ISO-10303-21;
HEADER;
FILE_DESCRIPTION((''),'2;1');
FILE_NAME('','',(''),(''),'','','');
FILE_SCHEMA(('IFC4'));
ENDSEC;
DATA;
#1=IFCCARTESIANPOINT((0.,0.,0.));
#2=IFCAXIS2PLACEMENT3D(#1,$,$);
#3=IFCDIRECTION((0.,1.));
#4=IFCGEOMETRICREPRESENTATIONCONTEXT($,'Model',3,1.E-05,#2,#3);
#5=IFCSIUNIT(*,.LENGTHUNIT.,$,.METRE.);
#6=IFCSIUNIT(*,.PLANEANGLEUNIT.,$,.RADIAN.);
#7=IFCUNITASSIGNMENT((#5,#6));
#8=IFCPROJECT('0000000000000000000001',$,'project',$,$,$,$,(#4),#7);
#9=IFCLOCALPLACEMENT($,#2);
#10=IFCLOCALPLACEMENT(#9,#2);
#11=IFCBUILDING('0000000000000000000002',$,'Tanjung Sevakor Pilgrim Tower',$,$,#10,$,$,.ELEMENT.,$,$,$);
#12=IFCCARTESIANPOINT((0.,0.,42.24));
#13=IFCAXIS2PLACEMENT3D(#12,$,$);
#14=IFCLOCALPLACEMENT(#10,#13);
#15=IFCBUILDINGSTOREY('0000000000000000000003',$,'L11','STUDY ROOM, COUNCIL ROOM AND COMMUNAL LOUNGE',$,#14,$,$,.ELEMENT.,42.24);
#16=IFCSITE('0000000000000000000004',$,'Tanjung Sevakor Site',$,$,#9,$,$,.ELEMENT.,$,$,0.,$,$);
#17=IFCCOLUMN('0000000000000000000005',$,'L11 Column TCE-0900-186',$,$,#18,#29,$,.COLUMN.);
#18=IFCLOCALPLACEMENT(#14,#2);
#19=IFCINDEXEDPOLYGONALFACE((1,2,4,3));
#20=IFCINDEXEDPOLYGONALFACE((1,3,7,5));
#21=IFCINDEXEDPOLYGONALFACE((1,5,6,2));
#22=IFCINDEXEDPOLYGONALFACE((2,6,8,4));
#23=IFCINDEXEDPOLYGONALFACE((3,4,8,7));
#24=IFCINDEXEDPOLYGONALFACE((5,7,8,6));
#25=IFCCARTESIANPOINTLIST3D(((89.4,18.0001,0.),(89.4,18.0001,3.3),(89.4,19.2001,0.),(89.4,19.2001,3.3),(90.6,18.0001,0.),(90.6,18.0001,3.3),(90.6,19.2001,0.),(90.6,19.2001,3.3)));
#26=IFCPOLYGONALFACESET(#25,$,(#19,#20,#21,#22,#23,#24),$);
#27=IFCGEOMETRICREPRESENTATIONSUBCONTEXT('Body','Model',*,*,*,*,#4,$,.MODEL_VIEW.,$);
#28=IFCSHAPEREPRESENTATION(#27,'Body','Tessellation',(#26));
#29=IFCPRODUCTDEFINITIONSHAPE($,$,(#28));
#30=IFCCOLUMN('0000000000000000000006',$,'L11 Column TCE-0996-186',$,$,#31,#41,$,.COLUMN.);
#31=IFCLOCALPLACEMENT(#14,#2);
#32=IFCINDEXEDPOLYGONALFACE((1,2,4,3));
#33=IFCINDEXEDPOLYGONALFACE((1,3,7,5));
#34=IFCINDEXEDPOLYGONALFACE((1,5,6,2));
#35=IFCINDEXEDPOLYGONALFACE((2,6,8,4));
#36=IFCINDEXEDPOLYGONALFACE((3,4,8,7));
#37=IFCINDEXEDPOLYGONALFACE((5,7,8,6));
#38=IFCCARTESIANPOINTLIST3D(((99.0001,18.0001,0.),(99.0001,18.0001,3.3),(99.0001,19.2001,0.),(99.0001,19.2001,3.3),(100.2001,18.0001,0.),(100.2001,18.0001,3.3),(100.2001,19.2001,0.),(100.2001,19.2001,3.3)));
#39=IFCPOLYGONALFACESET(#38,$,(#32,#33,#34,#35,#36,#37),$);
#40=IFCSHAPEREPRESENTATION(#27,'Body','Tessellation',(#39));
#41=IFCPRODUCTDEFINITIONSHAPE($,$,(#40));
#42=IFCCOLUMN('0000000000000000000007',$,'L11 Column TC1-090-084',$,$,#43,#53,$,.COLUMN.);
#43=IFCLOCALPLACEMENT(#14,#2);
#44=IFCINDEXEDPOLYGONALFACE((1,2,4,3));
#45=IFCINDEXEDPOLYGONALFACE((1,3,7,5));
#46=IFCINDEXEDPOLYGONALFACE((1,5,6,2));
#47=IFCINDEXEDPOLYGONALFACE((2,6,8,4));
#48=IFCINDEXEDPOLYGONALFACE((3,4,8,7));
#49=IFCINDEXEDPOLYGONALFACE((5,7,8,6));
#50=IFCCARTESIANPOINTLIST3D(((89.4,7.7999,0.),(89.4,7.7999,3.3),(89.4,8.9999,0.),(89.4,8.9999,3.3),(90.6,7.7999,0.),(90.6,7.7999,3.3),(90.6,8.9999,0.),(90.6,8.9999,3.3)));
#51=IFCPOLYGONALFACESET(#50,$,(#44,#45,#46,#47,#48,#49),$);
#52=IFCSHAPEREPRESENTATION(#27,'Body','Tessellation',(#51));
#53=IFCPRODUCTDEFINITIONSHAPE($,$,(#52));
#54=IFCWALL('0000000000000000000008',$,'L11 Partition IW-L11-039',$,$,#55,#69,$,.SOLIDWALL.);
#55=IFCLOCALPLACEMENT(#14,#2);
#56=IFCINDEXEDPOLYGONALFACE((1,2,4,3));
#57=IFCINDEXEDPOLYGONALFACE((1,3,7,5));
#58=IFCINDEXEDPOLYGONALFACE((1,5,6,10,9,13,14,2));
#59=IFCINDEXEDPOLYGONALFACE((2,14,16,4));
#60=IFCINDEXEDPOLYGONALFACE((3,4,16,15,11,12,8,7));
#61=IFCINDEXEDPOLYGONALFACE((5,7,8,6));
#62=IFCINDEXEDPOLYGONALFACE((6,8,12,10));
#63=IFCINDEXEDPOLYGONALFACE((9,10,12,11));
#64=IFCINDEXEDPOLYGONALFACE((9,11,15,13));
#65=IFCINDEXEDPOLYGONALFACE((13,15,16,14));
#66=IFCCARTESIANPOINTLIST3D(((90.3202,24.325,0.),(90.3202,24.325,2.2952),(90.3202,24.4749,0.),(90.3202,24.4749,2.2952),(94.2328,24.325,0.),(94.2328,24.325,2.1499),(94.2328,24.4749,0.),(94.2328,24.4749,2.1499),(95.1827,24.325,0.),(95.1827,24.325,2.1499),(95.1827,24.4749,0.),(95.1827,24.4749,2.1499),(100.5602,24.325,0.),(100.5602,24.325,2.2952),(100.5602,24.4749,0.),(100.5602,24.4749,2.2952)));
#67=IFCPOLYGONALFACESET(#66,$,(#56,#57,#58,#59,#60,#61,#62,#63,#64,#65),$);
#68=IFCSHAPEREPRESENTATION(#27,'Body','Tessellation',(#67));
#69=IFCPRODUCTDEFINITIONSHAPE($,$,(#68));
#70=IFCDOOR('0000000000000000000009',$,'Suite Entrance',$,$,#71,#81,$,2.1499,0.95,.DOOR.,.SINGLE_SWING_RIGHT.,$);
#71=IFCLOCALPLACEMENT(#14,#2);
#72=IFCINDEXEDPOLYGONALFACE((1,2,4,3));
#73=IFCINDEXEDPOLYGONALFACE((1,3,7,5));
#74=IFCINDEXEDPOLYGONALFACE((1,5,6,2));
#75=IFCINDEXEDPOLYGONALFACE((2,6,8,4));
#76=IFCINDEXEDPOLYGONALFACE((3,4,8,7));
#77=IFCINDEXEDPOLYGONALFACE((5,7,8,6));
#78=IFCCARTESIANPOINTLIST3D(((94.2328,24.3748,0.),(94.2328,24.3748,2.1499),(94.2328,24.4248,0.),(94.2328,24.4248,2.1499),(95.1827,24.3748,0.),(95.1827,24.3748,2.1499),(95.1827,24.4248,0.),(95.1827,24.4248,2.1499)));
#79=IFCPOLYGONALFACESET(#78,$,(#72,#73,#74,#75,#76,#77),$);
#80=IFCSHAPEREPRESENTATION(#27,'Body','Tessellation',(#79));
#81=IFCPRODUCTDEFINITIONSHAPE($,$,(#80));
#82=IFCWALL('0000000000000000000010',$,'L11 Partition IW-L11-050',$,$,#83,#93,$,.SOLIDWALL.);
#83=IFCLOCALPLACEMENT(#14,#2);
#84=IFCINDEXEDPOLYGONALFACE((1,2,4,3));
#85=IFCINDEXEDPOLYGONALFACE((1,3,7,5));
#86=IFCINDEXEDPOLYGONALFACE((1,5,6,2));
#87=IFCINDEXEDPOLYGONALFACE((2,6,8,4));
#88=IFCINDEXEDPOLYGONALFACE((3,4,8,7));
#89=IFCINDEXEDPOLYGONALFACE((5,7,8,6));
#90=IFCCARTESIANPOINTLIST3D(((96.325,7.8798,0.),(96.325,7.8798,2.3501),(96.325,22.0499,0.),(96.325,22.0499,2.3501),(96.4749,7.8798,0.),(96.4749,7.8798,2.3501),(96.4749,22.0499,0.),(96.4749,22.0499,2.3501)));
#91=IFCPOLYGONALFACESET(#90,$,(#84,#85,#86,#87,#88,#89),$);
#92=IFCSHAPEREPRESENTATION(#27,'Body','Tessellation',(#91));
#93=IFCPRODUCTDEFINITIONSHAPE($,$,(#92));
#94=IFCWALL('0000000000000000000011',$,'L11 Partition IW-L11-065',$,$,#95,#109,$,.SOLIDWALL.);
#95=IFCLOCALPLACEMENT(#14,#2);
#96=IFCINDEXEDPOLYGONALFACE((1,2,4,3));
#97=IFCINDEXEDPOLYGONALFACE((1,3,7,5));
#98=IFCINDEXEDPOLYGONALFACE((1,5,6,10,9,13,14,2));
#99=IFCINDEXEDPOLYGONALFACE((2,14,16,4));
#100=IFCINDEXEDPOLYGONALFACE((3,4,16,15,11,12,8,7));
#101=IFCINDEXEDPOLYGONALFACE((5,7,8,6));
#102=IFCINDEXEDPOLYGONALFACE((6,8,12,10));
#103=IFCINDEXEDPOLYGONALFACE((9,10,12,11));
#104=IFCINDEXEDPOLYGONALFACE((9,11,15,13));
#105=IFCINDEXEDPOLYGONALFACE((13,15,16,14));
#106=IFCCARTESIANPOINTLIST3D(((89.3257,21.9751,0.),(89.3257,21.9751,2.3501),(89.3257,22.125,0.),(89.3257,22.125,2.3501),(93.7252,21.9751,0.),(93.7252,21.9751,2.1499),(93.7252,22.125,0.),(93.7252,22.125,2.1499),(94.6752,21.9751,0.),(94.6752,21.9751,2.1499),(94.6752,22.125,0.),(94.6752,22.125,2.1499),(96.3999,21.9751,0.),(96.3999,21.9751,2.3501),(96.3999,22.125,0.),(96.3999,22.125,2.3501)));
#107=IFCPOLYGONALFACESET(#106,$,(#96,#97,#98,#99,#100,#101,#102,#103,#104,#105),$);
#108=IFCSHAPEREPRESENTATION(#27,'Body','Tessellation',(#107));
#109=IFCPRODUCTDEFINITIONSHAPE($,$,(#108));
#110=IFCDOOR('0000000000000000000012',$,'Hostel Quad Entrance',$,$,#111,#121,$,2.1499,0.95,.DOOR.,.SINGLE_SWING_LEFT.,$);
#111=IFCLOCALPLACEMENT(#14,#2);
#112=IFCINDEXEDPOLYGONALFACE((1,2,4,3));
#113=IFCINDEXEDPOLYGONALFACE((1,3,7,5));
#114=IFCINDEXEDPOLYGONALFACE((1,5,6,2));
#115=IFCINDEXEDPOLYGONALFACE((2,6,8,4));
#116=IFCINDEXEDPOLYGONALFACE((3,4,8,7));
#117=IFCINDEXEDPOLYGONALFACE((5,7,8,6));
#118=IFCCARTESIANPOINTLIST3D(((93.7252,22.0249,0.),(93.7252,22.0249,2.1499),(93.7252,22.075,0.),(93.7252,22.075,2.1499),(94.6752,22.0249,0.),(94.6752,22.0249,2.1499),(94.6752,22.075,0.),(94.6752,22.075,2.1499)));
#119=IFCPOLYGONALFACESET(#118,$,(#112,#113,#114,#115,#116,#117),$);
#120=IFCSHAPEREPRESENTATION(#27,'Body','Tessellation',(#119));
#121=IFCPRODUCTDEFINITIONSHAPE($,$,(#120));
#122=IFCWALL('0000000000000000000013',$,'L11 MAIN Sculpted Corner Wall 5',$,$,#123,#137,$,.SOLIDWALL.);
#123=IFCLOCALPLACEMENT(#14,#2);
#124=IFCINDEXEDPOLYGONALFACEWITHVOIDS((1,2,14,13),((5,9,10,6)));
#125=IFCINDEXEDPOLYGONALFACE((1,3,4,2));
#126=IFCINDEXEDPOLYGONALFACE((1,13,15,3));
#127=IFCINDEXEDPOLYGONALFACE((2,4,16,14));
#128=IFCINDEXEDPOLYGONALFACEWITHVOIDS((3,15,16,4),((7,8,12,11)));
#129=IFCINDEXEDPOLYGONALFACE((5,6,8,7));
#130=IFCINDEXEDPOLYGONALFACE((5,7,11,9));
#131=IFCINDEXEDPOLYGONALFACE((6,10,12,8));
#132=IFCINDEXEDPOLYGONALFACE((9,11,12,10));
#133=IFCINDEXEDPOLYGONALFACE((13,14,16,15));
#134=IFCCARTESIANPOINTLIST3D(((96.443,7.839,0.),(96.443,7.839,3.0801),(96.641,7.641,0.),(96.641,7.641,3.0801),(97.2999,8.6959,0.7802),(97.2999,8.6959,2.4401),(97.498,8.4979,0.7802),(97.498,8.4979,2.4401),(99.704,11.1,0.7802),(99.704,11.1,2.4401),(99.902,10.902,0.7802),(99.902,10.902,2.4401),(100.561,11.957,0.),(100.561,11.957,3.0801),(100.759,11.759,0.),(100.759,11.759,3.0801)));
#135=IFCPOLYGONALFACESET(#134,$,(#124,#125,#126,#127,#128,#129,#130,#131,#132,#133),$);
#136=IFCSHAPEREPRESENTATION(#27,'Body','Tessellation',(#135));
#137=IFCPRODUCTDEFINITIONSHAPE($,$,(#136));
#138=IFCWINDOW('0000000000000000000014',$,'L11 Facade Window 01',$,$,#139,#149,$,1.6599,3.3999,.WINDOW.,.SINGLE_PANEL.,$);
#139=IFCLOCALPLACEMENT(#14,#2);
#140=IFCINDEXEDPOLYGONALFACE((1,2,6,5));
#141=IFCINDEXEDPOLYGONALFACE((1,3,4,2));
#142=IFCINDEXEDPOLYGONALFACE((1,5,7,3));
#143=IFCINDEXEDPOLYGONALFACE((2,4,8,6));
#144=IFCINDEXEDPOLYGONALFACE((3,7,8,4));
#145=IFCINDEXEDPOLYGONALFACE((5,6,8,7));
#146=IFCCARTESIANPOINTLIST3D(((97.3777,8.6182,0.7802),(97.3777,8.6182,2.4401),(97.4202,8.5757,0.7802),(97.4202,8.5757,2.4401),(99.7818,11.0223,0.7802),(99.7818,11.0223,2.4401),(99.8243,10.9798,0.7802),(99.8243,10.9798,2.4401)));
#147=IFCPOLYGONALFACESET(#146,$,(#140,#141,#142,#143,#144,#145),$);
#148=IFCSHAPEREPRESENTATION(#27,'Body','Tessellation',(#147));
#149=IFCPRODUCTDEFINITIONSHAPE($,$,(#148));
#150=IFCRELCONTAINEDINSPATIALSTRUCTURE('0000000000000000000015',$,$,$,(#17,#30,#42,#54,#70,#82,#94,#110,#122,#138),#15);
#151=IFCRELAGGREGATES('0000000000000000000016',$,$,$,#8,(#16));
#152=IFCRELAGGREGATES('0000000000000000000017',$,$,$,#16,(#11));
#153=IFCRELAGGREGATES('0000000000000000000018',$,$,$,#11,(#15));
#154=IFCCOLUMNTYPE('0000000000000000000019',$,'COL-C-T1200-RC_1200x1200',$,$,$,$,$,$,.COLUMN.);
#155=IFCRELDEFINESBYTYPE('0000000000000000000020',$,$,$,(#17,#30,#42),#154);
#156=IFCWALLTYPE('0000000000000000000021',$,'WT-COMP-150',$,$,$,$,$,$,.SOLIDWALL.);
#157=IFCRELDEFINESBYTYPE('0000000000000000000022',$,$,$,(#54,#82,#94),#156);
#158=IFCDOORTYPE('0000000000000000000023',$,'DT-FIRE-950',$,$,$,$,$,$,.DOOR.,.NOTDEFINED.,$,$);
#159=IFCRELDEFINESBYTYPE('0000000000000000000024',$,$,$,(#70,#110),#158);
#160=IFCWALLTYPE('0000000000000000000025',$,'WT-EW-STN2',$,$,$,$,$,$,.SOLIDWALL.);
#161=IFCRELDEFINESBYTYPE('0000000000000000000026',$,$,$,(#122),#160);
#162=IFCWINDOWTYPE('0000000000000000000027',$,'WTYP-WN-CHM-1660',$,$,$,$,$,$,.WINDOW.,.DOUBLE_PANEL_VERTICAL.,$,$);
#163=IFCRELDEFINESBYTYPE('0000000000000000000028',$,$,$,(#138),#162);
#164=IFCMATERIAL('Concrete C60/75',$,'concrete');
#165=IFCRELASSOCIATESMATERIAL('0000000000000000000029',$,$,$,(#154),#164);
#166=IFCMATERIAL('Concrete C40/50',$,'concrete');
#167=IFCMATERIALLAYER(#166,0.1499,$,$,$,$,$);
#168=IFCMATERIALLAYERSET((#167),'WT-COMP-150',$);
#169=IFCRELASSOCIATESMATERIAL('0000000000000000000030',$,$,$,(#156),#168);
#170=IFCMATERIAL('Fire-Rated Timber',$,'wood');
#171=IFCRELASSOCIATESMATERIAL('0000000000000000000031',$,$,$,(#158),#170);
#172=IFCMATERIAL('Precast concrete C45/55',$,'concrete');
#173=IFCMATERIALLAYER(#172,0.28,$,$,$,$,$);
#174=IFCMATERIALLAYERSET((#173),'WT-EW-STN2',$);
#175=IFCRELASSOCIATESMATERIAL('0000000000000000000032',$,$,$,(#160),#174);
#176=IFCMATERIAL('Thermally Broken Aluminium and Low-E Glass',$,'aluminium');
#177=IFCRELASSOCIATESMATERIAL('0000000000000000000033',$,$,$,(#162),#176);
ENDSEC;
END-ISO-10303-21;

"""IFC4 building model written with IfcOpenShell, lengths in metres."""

from ifc_helpers import new_model, si_unit, direction, frame, frame_2d, origin, origin_2d, place, context, subcontext, project, spatial, rectangle, extrude, material, layer, layer_set, material_profile, profile_set, type_object, element, fill, save


model = new_model("IFC4")

# Units and contexts
model_context = context("Model", 3, precision=1e-05, world=origin(), true_north=direction((0.0, 1.0)))
body_context = subcontext(model_context, "Body", "Model", "MODEL_VIEW")
ifc_project = project(units=[si_unit("LENGTHUNIT", "METRE"), si_unit("PLANEANGLEUNIT", "RADIAN")], contexts=[model_context])

# Site, building, storey
site_placement = place(None, origin())
site = spatial("IfcSite", under=ifc_project, at=site_placement, Name="Tanjung Sevakor Site", CompositionType="ELEMENT", RefElevation=0.0)
building_placement = place(site_placement, origin())
building = spatial("IfcBuilding", under=site, at=building_placement, Name="Tanjung Sevakor Pilgrim Tower", CompositionType="ELEMENT")
storey_placement = place(building_placement, frame((0.0, 0.0, 42.24)))
storey = spatial("IfcBuildingStorey", under=building, at=storey_placement, Name="L11", Description="STUDY ROOM, COUNCIL ROOM AND COMMUNAL LOUNGE", CompositionType="ELEMENT", Elevation=42.24)

# Columns
ifc_material_1 = material(Name="Concrete C60/75", Category="concrete")
ifc_material_profile = material_profile(ifc_material_1, rectangle(XDim=1.2, YDim=1.2, at=origin_2d()))
ifc_profile_set = profile_set([ifc_material_profile], Name="Concrete C60/75")
column_type = type_object("IfcColumnType", Name="COL-C-T1200-RC_1200x1200", PredefinedType="COLUMN", material=ifc_profile_set)
for number, where, z_axis, x_axis, name in (
    (1, (90.0, 18.6001, 0.0), (0.0, 0.0, 1.0), (1.0, 0.0, 0.0), "L11 Column TCE-0900-186"),
    (2, (99.6001, 18.6001, 0.0), (0.0, 0.0, 1.0), (1.0, 0.0, 0.0), "L11 Column TCE-0996-186"),
    (3, (90.0, 8.3999, 0.0), (0.0, 0.0, 1.0), (1.0, 0.0, 0.0), "L11 Column TC1-090-084"),
):
    element("IfcColumn", number, at=place(storey_placement, frame(where, z_axis=z_axis, x_axis=x_axis)), inside=storey, type_object=column_type, Name=name, PredefinedType="COLUMN", context=body_context, shape_type="SweptSolid", body=[
        extrude(rectangle(XDim=1.2, YDim=1.2, at=origin_2d()), origin(), (0.0, 0.0, 1.0), 3.3),
    ])

# Wall, opening, door
ifc_material_2 = material(Name="Concrete C40/50", Category="concrete")
ifc_layer_1 = layer(ifc_material_2, 0.1499)
ifc_layer_set_1 = layer_set([ifc_layer_1], Name="WT-COMP-150")
wall_type_1 = type_object("IfcWallType", Name="WT-COMP-150", PredefinedType="SOLIDWALL", material=ifc_layer_set_1)
wall_1_placement = place(storey_placement, frame((90.3201, 24.3999, 0.0), z_axis=(0.0, 0.0, 1.0), x_axis=(1.0, 0.0, 0.0)))
wall_1 = element("IfcWall", 4, at=wall_1_placement, inside=storey, type_object=wall_type_1, Name="L11 Partition IW-L11-039", PredefinedType="SOLIDWALL", context=body_context, shape_type="SweptSolid", body=[
    extrude(rectangle(XDim=10.24, YDim=0.1499, at=frame_2d((5.1201, 0.0))), origin(), (0.0, 0.0, 1.0), 2.2952),
])
opening_1_placement = place(wall_1_placement, frame((3.9126, 0.0, 0.0)))
opening_1 = element("IfcOpeningElement", 5, at=opening_1_placement, cuts=wall_1, PredefinedType="OPENING", context=body_context, shape_type="SweptSolid", body=[
    extrude(rectangle(XDim=0.95, YDim=2.1499, at=frame_2d((0.4751, 1.075))), frame((0.0, 0.085, 0.0), z_axis=(0.0, -1.0, 0.0), x_axis=(1.0, 0.0, 0.0)), (0.0, 0.0, 1.0), 0.1699),
])
ifc_material_3 = material(Name="Fire-Rated Timber", Category="wood")
door_type_1 = type_object("IfcDoorType", Name="DT-FIRE-950", OperationType="NOTDEFINED", PredefinedType="DOOR", material=ifc_material_3)
door_1_placement = place(opening_1_placement, origin())
door_1 = element("IfcDoor", 6, at=door_1_placement, inside=storey, type_object=door_type_1, Name="Suite Entrance", OperationType="SINGLE_SWING_RIGHT", OverallHeight=2.1499, OverallWidth=0.95, PredefinedType="DOOR", context=body_context, shape_type="SweptSolid", body=[
    extrude(rectangle(XDim=0.95, YDim=2.1499, at=frame_2d((0.4751, 1.075))), frame((0.0, 0.0249, 0.0), z_axis=(0.0, -1.0, 0.0), x_axis=(1.0, 0.0, 0.0)), (0.0, 0.0, 1.0), 0.05),
])
fill(opening_1, door_1)

# Wall
wall_2_placement = place(storey_placement, frame((96.3999, 7.8799, 0.0), z_axis=(0.0, 0.0, 1.0), x_axis=(0.0, 1.0, 0.0)))
element("IfcWall", 7, at=wall_2_placement, inside=storey, type_object=wall_type_1, Name="L11 Partition IW-L11-050", PredefinedType="SOLIDWALL", context=body_context, shape_type="SweptSolid", body=[
    extrude(rectangle(XDim=14.1702, YDim=0.1499, at=frame_2d((7.085, 0.0))), origin(), (0.0, 0.0, 1.0), 2.3501),
])

# Wall, opening, door
wall_3_placement = place(storey_placement, frame((89.3257, 22.05, 0.0), z_axis=(0.0, 0.0, 1.0), x_axis=(1.0, 0.0, 0.0)))
wall_3 = element("IfcWall", 8, at=wall_3_placement, inside=storey, type_object=wall_type_1, Name="L11 Partition IW-L11-065", PredefinedType="SOLIDWALL", context=body_context, shape_type="SweptSolid", body=[
    extrude(rectangle(XDim=7.0742, YDim=0.1499, at=frame_2d((3.5371, 0.0))), origin(), (0.0, 0.0, 1.0), 2.3501),
])
opening_2_placement = place(wall_3_placement, frame((4.3994, 0.0, 0.0)))
opening_2 = element("IfcOpeningElement", 9, at=opening_2_placement, cuts=wall_3, PredefinedType="OPENING", context=body_context, shape_type="SweptSolid", body=[
    extrude(rectangle(XDim=0.95, YDim=2.1499, at=frame_2d((0.4751, 1.075))), frame((0.0, 0.085, 0.0), z_axis=(0.0, -1.0, 0.0), x_axis=(1.0, 0.0, 0.0)), (0.0, 0.0, 1.0), 0.1699),
])
door_2_placement = place(opening_2_placement, origin())
door_2 = element("IfcDoor", 10, at=door_2_placement, inside=storey, type_object=door_type_1, Name="Hostel Quad Entrance", OperationType="SINGLE_SWING_LEFT", OverallHeight=2.1499, OverallWidth=0.95, PredefinedType="DOOR", context=body_context, shape_type="SweptSolid", body=[
    extrude(rectangle(XDim=0.95, YDim=2.1499, at=frame_2d((0.4751, 1.075))), frame((0.0, 0.0249, 0.0), z_axis=(0.0, -1.0, 0.0), x_axis=(1.0, 0.0, 0.0)), (0.0, 0.0, 1.0), 0.05),
])
fill(opening_2, door_2)

# Wall, opening, window
ifc_material_4 = material(Name="Precast concrete C45/55", Category="concrete")
ifc_layer_2 = layer(ifc_material_4, 0.28)
ifc_layer_set_2 = layer_set([ifc_layer_2], Name="WT-EW-STN2")
wall_type_2 = type_object("IfcWallType", Name="WT-EW-STN2", PredefinedType="SOLIDWALL", material=ifc_layer_set_2)
wall_4_placement = place(storey_placement, frame((96.542, 7.74, 0.0), z_axis=(0.0, 0.0, 1.0), x_axis=(0.707107, 0.707107, 0.0)))
wall_4 = element("IfcWall", 11, at=wall_4_placement, inside=storey, type_object=wall_type_2, Name="L11 MAIN Sculpted Corner Wall 5", PredefinedType="SOLIDWALL", context=body_context, shape_type="SweptSolid", body=[
    extrude(rectangle(XDim=5.8237, YDim=0.28, at=frame_2d((2.9119, 0.0))), origin(), (0.0, 0.0, 1.0), 3.0801),
])
opening_3_placement = place(wall_4_placement, frame((1.2119, 0.0, 0.78)))
opening_3 = element("IfcOpeningElement", 12, at=opening_3_placement, cuts=wall_4, PredefinedType="OPENING", context=body_context, shape_type="SweptSolid", body=[
    extrude(rectangle(XDim=3.3999, YDim=1.6599, at=frame_2d((1.7, 0.8301))), frame((0.0, 0.1499, 0.0), z_axis=(0.0, -1.0, 0.0), x_axis=(1.0, 0.0, 0.0)), (0.0, 0.0, 1.0), 0.3),
])
ifc_material_5 = material(Name="Thermally Broken Aluminium and Low-E Glass", Category="aluminium")
window_type_1 = type_object("IfcWindowType", Name="WTYP-WN-CHM-1660", PartitioningType="DOUBLE_PANEL_VERTICAL", PredefinedType="WINDOW", material=ifc_material_5)
window_1_placement = place(opening_3_placement, origin())
window_1 = element("IfcWindow", 13, at=window_1_placement, inside=storey, type_object=window_type_1, Name="L11 Facade Window 01", OverallHeight=1.6599, OverallWidth=3.3999, PartitioningType="SINGLE_PANEL", PredefinedType="WINDOW", context=body_context, shape_type="SweptSolid", body=[
    extrude(rectangle(XDim=3.3999, YDim=1.6599, at=frame_2d((1.7, 0.8301))), frame((0.0, 0.03, 0.0), z_axis=(0.0, -1.0, 0.0), x_axis=(1.0, 0.0, 0.0)), (0.0, 0.0, 1.0), 0.0601),
])
fill(opening_3, window_1)

save(model, "model.ifc")
